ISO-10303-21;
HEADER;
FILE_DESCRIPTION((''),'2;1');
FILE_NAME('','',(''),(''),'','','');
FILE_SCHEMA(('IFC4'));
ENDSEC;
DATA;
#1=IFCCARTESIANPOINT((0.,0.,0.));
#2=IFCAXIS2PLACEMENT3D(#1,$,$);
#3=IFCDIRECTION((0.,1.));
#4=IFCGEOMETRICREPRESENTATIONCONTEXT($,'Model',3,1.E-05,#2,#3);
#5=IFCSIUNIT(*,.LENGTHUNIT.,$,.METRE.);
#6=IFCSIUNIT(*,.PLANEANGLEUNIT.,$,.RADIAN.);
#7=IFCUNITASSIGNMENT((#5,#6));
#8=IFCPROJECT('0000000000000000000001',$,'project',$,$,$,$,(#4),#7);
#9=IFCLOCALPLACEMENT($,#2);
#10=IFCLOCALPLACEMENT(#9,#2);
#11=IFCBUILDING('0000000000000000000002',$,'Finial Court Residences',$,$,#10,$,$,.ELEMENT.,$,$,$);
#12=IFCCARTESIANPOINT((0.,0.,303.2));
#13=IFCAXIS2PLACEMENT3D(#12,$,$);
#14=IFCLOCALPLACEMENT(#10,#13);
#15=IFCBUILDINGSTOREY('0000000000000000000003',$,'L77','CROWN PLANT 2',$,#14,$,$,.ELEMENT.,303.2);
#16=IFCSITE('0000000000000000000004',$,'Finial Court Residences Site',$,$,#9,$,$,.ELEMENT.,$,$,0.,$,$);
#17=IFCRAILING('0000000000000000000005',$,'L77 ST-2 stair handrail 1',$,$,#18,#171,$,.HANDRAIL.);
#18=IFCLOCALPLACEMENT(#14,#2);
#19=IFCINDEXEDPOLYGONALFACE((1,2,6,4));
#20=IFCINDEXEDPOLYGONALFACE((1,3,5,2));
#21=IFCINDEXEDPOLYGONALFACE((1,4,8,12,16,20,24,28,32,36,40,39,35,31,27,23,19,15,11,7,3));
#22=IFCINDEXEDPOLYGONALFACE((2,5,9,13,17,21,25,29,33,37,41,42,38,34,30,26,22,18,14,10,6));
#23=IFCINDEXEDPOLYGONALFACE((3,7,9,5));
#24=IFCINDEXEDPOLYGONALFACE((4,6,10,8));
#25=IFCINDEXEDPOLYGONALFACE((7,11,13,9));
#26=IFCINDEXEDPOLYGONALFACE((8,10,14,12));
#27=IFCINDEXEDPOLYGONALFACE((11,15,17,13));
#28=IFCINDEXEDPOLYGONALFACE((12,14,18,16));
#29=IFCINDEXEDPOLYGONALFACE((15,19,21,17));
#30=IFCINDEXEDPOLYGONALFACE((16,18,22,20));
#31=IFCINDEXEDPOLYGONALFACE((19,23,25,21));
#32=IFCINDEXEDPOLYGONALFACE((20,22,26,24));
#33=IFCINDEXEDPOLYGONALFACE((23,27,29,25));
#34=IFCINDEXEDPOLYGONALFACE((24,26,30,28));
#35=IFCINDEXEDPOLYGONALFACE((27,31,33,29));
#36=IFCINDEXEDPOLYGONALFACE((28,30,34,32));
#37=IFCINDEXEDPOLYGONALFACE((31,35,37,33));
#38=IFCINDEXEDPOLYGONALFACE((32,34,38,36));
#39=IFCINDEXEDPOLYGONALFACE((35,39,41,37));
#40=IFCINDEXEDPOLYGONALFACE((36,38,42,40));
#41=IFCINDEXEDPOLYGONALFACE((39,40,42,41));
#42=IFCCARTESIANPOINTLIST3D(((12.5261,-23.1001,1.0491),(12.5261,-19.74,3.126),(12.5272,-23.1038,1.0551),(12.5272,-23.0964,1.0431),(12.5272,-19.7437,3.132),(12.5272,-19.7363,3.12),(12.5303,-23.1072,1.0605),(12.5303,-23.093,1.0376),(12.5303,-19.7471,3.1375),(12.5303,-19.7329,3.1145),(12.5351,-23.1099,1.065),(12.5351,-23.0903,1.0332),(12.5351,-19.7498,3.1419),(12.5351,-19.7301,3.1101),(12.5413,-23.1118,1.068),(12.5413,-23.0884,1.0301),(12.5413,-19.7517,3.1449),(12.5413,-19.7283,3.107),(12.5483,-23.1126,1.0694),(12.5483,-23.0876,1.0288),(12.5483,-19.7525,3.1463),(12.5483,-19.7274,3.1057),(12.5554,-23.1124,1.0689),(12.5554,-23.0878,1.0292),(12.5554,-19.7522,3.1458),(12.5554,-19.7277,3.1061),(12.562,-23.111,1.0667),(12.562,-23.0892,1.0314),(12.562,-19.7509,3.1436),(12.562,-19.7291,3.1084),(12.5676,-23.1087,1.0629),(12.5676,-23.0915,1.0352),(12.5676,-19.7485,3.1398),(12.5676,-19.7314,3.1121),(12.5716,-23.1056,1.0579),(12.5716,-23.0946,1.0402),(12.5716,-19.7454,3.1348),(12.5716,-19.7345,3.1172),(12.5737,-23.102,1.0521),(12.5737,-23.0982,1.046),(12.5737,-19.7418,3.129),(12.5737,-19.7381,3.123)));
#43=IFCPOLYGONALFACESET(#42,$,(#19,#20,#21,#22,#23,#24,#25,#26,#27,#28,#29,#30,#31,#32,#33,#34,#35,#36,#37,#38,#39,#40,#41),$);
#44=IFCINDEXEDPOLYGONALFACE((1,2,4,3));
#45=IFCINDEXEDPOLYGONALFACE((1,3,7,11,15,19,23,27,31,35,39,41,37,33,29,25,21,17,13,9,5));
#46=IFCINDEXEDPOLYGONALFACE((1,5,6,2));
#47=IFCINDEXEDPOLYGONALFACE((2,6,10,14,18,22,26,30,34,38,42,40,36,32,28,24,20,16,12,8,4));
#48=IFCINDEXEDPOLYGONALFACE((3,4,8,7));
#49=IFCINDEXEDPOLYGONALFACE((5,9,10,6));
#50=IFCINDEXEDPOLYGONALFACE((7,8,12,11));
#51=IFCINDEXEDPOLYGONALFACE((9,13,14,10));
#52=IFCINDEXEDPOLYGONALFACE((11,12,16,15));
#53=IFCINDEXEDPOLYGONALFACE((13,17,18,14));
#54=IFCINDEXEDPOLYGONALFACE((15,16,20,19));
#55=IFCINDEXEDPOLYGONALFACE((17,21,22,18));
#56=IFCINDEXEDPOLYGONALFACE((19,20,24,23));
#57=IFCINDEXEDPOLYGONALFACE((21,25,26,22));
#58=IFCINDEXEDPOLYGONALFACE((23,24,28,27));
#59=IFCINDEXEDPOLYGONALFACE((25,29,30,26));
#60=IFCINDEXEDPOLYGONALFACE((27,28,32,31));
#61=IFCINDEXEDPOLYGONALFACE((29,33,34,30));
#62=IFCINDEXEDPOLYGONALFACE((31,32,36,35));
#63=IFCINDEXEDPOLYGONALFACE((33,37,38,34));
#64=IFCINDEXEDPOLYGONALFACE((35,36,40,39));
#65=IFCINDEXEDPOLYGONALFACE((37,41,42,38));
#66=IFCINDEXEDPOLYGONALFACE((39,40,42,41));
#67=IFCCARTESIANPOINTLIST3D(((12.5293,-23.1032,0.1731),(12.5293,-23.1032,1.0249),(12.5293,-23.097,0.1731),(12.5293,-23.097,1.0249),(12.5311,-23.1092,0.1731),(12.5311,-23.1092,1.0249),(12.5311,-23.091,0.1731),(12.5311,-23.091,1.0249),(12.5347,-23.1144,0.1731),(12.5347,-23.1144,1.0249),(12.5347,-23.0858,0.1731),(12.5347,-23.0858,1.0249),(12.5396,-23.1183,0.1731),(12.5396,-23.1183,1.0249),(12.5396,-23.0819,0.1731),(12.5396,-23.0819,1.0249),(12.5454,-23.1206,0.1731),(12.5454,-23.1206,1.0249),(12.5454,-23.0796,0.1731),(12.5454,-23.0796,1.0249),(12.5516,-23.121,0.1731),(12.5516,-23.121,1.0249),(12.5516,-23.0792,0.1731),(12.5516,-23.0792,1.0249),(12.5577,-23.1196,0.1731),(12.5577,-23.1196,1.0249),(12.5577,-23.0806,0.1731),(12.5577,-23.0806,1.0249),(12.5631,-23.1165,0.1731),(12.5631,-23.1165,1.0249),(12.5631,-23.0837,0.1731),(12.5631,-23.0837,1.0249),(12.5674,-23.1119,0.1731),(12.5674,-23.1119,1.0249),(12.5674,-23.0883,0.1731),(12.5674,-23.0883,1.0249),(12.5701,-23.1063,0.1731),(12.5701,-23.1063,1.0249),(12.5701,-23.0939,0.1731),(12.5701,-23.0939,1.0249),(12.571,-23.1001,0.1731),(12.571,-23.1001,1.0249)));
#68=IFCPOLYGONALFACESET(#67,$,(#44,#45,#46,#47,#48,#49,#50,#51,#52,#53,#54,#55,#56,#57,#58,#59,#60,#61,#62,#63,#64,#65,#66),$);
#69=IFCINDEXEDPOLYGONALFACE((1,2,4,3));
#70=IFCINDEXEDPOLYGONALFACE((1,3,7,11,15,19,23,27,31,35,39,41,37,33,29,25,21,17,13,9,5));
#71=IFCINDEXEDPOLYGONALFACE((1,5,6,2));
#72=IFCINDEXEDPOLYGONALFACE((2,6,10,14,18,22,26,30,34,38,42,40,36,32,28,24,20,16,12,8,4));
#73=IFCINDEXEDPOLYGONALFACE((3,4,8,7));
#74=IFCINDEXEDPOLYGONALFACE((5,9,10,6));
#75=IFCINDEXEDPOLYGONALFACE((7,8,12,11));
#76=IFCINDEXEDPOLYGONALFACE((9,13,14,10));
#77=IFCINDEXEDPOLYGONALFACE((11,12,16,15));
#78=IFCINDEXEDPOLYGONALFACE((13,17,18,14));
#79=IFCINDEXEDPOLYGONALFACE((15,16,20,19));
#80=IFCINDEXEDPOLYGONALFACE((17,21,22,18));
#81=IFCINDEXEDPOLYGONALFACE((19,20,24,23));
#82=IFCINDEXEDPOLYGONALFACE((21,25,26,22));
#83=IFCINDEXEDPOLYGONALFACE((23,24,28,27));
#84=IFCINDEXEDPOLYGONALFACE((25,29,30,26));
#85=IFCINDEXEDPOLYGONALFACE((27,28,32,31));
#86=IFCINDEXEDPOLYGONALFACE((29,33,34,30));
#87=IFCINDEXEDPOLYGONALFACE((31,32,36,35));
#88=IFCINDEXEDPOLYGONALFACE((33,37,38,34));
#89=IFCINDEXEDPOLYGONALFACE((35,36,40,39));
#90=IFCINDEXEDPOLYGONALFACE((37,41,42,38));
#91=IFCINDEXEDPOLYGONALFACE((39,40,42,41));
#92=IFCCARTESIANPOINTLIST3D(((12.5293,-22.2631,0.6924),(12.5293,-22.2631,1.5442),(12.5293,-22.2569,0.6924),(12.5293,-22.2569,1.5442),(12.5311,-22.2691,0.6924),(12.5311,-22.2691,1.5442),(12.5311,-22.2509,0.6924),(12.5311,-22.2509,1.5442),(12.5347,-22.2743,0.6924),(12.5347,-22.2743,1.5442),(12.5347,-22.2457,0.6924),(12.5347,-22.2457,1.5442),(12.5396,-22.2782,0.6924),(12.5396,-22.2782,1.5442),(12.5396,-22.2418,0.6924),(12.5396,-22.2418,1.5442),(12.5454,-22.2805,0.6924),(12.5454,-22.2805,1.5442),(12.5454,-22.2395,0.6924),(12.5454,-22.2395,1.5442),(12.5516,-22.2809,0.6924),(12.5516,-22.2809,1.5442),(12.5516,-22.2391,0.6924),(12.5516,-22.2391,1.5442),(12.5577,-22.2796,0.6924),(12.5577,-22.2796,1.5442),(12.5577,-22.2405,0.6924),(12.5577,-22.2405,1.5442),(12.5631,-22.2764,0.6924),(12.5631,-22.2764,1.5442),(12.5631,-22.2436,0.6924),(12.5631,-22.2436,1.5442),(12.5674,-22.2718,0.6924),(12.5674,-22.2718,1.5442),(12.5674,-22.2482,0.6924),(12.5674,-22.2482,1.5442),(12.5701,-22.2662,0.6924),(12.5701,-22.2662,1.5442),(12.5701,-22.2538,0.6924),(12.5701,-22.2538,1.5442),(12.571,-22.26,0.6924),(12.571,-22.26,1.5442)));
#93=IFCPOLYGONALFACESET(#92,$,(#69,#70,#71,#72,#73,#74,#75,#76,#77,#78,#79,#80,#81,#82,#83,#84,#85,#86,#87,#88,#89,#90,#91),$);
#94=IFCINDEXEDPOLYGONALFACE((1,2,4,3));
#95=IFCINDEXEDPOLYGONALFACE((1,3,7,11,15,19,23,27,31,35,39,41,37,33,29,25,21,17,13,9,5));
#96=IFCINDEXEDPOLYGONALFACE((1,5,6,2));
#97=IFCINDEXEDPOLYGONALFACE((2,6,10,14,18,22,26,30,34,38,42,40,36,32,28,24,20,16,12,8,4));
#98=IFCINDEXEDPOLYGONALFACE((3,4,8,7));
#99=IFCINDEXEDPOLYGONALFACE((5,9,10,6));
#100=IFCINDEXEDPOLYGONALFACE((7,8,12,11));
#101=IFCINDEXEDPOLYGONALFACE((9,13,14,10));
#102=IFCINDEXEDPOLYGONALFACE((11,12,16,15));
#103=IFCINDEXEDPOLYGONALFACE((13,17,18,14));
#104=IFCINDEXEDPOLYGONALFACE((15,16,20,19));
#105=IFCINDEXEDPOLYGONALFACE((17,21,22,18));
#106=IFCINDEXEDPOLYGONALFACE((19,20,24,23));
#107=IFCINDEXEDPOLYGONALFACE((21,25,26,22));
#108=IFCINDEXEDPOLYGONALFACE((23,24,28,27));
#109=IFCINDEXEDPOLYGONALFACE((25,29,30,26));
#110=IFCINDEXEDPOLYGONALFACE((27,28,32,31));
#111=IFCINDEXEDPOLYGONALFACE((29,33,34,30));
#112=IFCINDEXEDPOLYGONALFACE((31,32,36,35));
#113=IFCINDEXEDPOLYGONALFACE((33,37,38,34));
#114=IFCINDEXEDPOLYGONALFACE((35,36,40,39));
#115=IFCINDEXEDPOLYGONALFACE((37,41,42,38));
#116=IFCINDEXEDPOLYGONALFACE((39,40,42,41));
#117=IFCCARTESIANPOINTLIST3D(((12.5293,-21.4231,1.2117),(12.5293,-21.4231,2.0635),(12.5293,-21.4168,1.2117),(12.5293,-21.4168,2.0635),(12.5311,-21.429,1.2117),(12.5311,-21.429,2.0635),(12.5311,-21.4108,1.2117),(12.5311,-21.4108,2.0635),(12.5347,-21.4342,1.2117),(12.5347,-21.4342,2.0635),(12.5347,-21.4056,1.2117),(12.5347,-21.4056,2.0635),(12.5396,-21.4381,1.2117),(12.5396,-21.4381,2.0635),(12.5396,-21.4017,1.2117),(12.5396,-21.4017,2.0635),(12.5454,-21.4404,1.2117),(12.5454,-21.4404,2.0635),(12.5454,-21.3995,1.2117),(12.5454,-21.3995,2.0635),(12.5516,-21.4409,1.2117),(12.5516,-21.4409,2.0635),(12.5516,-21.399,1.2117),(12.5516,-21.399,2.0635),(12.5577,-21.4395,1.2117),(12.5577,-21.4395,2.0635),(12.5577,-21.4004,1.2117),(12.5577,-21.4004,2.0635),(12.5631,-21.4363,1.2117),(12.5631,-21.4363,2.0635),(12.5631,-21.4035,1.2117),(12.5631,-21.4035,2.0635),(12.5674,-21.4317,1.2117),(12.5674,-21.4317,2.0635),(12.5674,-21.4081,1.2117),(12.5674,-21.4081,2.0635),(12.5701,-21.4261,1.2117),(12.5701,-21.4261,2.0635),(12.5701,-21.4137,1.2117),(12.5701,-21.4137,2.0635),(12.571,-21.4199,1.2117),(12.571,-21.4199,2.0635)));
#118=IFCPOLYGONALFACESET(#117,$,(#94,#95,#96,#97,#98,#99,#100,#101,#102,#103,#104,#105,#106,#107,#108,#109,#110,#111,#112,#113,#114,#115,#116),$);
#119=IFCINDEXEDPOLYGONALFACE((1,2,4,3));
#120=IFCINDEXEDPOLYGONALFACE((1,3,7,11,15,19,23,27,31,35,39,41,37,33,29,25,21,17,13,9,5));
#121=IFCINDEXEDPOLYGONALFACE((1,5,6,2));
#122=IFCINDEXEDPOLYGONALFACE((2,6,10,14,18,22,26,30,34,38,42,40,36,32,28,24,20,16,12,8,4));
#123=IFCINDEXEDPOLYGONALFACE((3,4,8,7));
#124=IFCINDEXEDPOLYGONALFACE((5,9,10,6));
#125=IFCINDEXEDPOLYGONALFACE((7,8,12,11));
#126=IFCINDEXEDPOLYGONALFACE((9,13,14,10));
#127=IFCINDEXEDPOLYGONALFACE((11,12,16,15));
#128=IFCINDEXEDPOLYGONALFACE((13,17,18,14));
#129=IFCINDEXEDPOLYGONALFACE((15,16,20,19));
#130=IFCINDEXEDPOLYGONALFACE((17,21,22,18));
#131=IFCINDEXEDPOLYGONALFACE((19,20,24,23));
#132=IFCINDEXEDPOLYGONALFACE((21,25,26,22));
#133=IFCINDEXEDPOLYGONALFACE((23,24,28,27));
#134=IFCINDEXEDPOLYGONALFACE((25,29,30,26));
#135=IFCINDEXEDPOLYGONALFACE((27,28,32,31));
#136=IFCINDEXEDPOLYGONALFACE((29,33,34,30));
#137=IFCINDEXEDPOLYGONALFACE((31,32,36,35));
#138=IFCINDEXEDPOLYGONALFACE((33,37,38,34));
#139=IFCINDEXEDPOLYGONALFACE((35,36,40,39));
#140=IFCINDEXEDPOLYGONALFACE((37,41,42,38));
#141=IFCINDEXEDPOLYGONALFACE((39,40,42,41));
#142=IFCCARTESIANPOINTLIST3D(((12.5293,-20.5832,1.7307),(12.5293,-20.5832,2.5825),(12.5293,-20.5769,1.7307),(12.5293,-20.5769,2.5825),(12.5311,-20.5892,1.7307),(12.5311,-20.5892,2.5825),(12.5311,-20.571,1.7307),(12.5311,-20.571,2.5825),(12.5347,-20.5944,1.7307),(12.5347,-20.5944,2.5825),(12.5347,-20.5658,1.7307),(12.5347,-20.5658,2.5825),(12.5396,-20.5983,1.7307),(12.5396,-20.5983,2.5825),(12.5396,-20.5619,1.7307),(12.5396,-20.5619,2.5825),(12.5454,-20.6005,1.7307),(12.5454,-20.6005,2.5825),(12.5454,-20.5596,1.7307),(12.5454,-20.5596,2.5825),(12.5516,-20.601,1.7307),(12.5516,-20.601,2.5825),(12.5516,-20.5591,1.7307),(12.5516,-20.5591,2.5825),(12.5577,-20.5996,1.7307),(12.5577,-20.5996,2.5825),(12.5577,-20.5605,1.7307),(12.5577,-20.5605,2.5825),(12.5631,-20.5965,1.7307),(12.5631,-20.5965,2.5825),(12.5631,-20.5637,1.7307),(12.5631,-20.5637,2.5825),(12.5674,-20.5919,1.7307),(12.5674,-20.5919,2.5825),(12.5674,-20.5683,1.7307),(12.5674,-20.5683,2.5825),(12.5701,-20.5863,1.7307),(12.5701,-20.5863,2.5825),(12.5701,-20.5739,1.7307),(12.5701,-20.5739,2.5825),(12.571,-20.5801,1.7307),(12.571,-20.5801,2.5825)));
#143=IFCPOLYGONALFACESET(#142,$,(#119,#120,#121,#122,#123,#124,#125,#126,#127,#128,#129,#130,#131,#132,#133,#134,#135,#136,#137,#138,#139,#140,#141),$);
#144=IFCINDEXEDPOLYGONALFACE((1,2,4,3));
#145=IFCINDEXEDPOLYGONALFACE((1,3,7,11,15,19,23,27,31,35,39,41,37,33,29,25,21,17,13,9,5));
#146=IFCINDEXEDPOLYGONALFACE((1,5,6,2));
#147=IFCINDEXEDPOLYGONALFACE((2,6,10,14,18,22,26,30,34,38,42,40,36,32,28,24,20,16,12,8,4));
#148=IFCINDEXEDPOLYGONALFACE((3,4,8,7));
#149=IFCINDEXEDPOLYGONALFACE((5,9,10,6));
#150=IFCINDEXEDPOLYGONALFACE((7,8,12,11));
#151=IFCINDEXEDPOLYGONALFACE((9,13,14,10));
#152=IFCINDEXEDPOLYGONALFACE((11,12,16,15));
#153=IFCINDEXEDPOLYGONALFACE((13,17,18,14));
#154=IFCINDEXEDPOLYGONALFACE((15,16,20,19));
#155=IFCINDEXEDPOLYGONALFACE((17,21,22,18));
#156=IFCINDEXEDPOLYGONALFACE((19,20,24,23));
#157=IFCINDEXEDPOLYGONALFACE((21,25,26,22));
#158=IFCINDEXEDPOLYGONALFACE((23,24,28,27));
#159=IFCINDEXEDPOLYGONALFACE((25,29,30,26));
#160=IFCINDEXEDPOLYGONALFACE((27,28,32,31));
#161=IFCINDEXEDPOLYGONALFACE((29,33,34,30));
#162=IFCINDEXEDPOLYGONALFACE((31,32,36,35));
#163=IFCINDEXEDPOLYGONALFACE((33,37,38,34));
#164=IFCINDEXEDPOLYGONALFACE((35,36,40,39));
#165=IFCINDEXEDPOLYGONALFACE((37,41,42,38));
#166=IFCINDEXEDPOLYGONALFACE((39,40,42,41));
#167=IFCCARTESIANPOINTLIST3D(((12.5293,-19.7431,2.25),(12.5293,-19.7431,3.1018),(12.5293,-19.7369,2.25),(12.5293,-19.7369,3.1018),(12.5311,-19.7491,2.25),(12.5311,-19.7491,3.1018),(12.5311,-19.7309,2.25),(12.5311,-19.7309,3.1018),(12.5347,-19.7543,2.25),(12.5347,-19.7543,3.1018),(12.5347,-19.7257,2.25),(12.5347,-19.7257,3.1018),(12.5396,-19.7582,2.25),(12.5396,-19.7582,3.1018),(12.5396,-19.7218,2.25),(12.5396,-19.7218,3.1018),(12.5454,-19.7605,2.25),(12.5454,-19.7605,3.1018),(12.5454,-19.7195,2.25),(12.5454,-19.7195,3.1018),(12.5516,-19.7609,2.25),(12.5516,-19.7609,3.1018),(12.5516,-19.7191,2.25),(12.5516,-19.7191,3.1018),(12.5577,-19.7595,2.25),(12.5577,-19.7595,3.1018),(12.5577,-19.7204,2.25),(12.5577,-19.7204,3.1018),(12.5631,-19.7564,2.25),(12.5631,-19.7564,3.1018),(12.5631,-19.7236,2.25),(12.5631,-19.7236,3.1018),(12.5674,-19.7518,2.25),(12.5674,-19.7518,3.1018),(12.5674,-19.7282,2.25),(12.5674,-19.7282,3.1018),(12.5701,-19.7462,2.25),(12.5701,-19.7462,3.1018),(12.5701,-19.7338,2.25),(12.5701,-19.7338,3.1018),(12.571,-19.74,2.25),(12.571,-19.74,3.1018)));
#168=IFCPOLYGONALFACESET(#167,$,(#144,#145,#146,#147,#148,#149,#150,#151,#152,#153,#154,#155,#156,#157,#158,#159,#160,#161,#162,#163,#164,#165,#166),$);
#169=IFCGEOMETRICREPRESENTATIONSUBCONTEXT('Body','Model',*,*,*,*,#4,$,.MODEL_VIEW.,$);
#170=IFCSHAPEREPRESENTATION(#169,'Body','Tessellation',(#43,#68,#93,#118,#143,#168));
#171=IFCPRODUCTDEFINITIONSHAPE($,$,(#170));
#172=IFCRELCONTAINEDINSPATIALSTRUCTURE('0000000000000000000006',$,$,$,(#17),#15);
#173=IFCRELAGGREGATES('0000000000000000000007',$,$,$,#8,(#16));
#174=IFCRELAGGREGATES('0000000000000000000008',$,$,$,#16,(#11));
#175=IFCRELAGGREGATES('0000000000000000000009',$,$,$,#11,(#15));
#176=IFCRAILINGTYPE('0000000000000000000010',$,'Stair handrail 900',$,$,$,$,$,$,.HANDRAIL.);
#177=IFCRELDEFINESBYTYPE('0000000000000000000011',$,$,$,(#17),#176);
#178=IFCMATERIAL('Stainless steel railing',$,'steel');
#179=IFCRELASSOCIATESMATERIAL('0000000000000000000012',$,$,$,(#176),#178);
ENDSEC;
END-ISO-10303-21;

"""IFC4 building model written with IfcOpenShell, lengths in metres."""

from ifc_helpers import new_model, si_unit, direction, frame, origin, origin_2d, place, context, subcontext, project, spatial, circle, extrude, material, type_object, element, save


model = new_model("IFC4")

# Units and contexts
model_context = context("Model", 3, precision=1e-05, world=origin(), true_north=direction((0.0, 1.0)))
body_context = subcontext(model_context, "Body", "Model", "MODEL_VIEW")
ifc_project = project(units=[si_unit("LENGTHUNIT", "METRE"), si_unit("PLANEANGLEUNIT", "RADIAN")], contexts=[model_context])

# Site, building, storey
site_placement = place(None, origin())
site = spatial("IfcSite", under=ifc_project, at=site_placement, Name="Finial Court Residences Site", CompositionType="ELEMENT", RefElevation=0.0)
building_placement = place(site_placement, origin())
building = spatial("IfcBuilding", under=site, at=building_placement, Name="Finial Court Residences", CompositionType="ELEMENT")
storey_placement = place(building_placement, frame((0.0, 0.0, 303.2)))
storey = spatial("IfcBuildingStorey", under=building, at=storey_placement, Name="L77", Description="CROWN PLANT 2", CompositionType="ELEMENT", Elevation=303.2)

# Railing
ifc_material_1 = material(Name="Stainless steel railing", Category="steel")
railing_type_1 = type_object("IfcRailingType", Name="Stair handrail 900", PredefinedType="HANDRAIL", material=ifc_material_1)
railing_1_placement = place(storey_placement, frame((12.55, -23.1001, 0.1731)))
element("IfcRailing", 1, at=railing_1_placement, inside=storey, type_object=railing_type_1, Name="L77 ST-2 stair handrail 1", PredefinedType="HANDRAIL", context=body_context, shape_type="SweptSolid", body=[
    extrude(circle(Radius=0.0239, at=origin_2d()), frame((0.0, 0.0, 0.876), z_axis=(0.0, 0.850623, 0.525776), x_axis=(-1.0, 0.0, 0.0)), (0.0, 0.0, 1.0), 3.9502),
    extrude(circle(Radius=0.021, at=origin_2d()), origin(), (0.0, 0.0, 1.0), 0.8518),
    extrude(circle(Radius=0.021, at=origin_2d()), frame((0.0, 0.8401, 0.5193)), (0.0, 0.0, 1.0), 0.8518),
    extrude(circle(Radius=0.021, at=origin_2d()), frame((0.0, 1.6802, 1.0386)), (0.0, 0.0, 1.0), 0.8518),
    extrude(circle(Radius=0.021, at=origin_2d()), frame((0.0, 2.52, 1.5576)), (0.0, 0.0, 1.0), 0.8518),
    extrude(circle(Radius=0.021, at=origin_2d()), frame((0.0, 3.3601, 2.0769)), (0.0, 0.0, 1.0), 0.8518),
])

save(model, "model.ifc")
